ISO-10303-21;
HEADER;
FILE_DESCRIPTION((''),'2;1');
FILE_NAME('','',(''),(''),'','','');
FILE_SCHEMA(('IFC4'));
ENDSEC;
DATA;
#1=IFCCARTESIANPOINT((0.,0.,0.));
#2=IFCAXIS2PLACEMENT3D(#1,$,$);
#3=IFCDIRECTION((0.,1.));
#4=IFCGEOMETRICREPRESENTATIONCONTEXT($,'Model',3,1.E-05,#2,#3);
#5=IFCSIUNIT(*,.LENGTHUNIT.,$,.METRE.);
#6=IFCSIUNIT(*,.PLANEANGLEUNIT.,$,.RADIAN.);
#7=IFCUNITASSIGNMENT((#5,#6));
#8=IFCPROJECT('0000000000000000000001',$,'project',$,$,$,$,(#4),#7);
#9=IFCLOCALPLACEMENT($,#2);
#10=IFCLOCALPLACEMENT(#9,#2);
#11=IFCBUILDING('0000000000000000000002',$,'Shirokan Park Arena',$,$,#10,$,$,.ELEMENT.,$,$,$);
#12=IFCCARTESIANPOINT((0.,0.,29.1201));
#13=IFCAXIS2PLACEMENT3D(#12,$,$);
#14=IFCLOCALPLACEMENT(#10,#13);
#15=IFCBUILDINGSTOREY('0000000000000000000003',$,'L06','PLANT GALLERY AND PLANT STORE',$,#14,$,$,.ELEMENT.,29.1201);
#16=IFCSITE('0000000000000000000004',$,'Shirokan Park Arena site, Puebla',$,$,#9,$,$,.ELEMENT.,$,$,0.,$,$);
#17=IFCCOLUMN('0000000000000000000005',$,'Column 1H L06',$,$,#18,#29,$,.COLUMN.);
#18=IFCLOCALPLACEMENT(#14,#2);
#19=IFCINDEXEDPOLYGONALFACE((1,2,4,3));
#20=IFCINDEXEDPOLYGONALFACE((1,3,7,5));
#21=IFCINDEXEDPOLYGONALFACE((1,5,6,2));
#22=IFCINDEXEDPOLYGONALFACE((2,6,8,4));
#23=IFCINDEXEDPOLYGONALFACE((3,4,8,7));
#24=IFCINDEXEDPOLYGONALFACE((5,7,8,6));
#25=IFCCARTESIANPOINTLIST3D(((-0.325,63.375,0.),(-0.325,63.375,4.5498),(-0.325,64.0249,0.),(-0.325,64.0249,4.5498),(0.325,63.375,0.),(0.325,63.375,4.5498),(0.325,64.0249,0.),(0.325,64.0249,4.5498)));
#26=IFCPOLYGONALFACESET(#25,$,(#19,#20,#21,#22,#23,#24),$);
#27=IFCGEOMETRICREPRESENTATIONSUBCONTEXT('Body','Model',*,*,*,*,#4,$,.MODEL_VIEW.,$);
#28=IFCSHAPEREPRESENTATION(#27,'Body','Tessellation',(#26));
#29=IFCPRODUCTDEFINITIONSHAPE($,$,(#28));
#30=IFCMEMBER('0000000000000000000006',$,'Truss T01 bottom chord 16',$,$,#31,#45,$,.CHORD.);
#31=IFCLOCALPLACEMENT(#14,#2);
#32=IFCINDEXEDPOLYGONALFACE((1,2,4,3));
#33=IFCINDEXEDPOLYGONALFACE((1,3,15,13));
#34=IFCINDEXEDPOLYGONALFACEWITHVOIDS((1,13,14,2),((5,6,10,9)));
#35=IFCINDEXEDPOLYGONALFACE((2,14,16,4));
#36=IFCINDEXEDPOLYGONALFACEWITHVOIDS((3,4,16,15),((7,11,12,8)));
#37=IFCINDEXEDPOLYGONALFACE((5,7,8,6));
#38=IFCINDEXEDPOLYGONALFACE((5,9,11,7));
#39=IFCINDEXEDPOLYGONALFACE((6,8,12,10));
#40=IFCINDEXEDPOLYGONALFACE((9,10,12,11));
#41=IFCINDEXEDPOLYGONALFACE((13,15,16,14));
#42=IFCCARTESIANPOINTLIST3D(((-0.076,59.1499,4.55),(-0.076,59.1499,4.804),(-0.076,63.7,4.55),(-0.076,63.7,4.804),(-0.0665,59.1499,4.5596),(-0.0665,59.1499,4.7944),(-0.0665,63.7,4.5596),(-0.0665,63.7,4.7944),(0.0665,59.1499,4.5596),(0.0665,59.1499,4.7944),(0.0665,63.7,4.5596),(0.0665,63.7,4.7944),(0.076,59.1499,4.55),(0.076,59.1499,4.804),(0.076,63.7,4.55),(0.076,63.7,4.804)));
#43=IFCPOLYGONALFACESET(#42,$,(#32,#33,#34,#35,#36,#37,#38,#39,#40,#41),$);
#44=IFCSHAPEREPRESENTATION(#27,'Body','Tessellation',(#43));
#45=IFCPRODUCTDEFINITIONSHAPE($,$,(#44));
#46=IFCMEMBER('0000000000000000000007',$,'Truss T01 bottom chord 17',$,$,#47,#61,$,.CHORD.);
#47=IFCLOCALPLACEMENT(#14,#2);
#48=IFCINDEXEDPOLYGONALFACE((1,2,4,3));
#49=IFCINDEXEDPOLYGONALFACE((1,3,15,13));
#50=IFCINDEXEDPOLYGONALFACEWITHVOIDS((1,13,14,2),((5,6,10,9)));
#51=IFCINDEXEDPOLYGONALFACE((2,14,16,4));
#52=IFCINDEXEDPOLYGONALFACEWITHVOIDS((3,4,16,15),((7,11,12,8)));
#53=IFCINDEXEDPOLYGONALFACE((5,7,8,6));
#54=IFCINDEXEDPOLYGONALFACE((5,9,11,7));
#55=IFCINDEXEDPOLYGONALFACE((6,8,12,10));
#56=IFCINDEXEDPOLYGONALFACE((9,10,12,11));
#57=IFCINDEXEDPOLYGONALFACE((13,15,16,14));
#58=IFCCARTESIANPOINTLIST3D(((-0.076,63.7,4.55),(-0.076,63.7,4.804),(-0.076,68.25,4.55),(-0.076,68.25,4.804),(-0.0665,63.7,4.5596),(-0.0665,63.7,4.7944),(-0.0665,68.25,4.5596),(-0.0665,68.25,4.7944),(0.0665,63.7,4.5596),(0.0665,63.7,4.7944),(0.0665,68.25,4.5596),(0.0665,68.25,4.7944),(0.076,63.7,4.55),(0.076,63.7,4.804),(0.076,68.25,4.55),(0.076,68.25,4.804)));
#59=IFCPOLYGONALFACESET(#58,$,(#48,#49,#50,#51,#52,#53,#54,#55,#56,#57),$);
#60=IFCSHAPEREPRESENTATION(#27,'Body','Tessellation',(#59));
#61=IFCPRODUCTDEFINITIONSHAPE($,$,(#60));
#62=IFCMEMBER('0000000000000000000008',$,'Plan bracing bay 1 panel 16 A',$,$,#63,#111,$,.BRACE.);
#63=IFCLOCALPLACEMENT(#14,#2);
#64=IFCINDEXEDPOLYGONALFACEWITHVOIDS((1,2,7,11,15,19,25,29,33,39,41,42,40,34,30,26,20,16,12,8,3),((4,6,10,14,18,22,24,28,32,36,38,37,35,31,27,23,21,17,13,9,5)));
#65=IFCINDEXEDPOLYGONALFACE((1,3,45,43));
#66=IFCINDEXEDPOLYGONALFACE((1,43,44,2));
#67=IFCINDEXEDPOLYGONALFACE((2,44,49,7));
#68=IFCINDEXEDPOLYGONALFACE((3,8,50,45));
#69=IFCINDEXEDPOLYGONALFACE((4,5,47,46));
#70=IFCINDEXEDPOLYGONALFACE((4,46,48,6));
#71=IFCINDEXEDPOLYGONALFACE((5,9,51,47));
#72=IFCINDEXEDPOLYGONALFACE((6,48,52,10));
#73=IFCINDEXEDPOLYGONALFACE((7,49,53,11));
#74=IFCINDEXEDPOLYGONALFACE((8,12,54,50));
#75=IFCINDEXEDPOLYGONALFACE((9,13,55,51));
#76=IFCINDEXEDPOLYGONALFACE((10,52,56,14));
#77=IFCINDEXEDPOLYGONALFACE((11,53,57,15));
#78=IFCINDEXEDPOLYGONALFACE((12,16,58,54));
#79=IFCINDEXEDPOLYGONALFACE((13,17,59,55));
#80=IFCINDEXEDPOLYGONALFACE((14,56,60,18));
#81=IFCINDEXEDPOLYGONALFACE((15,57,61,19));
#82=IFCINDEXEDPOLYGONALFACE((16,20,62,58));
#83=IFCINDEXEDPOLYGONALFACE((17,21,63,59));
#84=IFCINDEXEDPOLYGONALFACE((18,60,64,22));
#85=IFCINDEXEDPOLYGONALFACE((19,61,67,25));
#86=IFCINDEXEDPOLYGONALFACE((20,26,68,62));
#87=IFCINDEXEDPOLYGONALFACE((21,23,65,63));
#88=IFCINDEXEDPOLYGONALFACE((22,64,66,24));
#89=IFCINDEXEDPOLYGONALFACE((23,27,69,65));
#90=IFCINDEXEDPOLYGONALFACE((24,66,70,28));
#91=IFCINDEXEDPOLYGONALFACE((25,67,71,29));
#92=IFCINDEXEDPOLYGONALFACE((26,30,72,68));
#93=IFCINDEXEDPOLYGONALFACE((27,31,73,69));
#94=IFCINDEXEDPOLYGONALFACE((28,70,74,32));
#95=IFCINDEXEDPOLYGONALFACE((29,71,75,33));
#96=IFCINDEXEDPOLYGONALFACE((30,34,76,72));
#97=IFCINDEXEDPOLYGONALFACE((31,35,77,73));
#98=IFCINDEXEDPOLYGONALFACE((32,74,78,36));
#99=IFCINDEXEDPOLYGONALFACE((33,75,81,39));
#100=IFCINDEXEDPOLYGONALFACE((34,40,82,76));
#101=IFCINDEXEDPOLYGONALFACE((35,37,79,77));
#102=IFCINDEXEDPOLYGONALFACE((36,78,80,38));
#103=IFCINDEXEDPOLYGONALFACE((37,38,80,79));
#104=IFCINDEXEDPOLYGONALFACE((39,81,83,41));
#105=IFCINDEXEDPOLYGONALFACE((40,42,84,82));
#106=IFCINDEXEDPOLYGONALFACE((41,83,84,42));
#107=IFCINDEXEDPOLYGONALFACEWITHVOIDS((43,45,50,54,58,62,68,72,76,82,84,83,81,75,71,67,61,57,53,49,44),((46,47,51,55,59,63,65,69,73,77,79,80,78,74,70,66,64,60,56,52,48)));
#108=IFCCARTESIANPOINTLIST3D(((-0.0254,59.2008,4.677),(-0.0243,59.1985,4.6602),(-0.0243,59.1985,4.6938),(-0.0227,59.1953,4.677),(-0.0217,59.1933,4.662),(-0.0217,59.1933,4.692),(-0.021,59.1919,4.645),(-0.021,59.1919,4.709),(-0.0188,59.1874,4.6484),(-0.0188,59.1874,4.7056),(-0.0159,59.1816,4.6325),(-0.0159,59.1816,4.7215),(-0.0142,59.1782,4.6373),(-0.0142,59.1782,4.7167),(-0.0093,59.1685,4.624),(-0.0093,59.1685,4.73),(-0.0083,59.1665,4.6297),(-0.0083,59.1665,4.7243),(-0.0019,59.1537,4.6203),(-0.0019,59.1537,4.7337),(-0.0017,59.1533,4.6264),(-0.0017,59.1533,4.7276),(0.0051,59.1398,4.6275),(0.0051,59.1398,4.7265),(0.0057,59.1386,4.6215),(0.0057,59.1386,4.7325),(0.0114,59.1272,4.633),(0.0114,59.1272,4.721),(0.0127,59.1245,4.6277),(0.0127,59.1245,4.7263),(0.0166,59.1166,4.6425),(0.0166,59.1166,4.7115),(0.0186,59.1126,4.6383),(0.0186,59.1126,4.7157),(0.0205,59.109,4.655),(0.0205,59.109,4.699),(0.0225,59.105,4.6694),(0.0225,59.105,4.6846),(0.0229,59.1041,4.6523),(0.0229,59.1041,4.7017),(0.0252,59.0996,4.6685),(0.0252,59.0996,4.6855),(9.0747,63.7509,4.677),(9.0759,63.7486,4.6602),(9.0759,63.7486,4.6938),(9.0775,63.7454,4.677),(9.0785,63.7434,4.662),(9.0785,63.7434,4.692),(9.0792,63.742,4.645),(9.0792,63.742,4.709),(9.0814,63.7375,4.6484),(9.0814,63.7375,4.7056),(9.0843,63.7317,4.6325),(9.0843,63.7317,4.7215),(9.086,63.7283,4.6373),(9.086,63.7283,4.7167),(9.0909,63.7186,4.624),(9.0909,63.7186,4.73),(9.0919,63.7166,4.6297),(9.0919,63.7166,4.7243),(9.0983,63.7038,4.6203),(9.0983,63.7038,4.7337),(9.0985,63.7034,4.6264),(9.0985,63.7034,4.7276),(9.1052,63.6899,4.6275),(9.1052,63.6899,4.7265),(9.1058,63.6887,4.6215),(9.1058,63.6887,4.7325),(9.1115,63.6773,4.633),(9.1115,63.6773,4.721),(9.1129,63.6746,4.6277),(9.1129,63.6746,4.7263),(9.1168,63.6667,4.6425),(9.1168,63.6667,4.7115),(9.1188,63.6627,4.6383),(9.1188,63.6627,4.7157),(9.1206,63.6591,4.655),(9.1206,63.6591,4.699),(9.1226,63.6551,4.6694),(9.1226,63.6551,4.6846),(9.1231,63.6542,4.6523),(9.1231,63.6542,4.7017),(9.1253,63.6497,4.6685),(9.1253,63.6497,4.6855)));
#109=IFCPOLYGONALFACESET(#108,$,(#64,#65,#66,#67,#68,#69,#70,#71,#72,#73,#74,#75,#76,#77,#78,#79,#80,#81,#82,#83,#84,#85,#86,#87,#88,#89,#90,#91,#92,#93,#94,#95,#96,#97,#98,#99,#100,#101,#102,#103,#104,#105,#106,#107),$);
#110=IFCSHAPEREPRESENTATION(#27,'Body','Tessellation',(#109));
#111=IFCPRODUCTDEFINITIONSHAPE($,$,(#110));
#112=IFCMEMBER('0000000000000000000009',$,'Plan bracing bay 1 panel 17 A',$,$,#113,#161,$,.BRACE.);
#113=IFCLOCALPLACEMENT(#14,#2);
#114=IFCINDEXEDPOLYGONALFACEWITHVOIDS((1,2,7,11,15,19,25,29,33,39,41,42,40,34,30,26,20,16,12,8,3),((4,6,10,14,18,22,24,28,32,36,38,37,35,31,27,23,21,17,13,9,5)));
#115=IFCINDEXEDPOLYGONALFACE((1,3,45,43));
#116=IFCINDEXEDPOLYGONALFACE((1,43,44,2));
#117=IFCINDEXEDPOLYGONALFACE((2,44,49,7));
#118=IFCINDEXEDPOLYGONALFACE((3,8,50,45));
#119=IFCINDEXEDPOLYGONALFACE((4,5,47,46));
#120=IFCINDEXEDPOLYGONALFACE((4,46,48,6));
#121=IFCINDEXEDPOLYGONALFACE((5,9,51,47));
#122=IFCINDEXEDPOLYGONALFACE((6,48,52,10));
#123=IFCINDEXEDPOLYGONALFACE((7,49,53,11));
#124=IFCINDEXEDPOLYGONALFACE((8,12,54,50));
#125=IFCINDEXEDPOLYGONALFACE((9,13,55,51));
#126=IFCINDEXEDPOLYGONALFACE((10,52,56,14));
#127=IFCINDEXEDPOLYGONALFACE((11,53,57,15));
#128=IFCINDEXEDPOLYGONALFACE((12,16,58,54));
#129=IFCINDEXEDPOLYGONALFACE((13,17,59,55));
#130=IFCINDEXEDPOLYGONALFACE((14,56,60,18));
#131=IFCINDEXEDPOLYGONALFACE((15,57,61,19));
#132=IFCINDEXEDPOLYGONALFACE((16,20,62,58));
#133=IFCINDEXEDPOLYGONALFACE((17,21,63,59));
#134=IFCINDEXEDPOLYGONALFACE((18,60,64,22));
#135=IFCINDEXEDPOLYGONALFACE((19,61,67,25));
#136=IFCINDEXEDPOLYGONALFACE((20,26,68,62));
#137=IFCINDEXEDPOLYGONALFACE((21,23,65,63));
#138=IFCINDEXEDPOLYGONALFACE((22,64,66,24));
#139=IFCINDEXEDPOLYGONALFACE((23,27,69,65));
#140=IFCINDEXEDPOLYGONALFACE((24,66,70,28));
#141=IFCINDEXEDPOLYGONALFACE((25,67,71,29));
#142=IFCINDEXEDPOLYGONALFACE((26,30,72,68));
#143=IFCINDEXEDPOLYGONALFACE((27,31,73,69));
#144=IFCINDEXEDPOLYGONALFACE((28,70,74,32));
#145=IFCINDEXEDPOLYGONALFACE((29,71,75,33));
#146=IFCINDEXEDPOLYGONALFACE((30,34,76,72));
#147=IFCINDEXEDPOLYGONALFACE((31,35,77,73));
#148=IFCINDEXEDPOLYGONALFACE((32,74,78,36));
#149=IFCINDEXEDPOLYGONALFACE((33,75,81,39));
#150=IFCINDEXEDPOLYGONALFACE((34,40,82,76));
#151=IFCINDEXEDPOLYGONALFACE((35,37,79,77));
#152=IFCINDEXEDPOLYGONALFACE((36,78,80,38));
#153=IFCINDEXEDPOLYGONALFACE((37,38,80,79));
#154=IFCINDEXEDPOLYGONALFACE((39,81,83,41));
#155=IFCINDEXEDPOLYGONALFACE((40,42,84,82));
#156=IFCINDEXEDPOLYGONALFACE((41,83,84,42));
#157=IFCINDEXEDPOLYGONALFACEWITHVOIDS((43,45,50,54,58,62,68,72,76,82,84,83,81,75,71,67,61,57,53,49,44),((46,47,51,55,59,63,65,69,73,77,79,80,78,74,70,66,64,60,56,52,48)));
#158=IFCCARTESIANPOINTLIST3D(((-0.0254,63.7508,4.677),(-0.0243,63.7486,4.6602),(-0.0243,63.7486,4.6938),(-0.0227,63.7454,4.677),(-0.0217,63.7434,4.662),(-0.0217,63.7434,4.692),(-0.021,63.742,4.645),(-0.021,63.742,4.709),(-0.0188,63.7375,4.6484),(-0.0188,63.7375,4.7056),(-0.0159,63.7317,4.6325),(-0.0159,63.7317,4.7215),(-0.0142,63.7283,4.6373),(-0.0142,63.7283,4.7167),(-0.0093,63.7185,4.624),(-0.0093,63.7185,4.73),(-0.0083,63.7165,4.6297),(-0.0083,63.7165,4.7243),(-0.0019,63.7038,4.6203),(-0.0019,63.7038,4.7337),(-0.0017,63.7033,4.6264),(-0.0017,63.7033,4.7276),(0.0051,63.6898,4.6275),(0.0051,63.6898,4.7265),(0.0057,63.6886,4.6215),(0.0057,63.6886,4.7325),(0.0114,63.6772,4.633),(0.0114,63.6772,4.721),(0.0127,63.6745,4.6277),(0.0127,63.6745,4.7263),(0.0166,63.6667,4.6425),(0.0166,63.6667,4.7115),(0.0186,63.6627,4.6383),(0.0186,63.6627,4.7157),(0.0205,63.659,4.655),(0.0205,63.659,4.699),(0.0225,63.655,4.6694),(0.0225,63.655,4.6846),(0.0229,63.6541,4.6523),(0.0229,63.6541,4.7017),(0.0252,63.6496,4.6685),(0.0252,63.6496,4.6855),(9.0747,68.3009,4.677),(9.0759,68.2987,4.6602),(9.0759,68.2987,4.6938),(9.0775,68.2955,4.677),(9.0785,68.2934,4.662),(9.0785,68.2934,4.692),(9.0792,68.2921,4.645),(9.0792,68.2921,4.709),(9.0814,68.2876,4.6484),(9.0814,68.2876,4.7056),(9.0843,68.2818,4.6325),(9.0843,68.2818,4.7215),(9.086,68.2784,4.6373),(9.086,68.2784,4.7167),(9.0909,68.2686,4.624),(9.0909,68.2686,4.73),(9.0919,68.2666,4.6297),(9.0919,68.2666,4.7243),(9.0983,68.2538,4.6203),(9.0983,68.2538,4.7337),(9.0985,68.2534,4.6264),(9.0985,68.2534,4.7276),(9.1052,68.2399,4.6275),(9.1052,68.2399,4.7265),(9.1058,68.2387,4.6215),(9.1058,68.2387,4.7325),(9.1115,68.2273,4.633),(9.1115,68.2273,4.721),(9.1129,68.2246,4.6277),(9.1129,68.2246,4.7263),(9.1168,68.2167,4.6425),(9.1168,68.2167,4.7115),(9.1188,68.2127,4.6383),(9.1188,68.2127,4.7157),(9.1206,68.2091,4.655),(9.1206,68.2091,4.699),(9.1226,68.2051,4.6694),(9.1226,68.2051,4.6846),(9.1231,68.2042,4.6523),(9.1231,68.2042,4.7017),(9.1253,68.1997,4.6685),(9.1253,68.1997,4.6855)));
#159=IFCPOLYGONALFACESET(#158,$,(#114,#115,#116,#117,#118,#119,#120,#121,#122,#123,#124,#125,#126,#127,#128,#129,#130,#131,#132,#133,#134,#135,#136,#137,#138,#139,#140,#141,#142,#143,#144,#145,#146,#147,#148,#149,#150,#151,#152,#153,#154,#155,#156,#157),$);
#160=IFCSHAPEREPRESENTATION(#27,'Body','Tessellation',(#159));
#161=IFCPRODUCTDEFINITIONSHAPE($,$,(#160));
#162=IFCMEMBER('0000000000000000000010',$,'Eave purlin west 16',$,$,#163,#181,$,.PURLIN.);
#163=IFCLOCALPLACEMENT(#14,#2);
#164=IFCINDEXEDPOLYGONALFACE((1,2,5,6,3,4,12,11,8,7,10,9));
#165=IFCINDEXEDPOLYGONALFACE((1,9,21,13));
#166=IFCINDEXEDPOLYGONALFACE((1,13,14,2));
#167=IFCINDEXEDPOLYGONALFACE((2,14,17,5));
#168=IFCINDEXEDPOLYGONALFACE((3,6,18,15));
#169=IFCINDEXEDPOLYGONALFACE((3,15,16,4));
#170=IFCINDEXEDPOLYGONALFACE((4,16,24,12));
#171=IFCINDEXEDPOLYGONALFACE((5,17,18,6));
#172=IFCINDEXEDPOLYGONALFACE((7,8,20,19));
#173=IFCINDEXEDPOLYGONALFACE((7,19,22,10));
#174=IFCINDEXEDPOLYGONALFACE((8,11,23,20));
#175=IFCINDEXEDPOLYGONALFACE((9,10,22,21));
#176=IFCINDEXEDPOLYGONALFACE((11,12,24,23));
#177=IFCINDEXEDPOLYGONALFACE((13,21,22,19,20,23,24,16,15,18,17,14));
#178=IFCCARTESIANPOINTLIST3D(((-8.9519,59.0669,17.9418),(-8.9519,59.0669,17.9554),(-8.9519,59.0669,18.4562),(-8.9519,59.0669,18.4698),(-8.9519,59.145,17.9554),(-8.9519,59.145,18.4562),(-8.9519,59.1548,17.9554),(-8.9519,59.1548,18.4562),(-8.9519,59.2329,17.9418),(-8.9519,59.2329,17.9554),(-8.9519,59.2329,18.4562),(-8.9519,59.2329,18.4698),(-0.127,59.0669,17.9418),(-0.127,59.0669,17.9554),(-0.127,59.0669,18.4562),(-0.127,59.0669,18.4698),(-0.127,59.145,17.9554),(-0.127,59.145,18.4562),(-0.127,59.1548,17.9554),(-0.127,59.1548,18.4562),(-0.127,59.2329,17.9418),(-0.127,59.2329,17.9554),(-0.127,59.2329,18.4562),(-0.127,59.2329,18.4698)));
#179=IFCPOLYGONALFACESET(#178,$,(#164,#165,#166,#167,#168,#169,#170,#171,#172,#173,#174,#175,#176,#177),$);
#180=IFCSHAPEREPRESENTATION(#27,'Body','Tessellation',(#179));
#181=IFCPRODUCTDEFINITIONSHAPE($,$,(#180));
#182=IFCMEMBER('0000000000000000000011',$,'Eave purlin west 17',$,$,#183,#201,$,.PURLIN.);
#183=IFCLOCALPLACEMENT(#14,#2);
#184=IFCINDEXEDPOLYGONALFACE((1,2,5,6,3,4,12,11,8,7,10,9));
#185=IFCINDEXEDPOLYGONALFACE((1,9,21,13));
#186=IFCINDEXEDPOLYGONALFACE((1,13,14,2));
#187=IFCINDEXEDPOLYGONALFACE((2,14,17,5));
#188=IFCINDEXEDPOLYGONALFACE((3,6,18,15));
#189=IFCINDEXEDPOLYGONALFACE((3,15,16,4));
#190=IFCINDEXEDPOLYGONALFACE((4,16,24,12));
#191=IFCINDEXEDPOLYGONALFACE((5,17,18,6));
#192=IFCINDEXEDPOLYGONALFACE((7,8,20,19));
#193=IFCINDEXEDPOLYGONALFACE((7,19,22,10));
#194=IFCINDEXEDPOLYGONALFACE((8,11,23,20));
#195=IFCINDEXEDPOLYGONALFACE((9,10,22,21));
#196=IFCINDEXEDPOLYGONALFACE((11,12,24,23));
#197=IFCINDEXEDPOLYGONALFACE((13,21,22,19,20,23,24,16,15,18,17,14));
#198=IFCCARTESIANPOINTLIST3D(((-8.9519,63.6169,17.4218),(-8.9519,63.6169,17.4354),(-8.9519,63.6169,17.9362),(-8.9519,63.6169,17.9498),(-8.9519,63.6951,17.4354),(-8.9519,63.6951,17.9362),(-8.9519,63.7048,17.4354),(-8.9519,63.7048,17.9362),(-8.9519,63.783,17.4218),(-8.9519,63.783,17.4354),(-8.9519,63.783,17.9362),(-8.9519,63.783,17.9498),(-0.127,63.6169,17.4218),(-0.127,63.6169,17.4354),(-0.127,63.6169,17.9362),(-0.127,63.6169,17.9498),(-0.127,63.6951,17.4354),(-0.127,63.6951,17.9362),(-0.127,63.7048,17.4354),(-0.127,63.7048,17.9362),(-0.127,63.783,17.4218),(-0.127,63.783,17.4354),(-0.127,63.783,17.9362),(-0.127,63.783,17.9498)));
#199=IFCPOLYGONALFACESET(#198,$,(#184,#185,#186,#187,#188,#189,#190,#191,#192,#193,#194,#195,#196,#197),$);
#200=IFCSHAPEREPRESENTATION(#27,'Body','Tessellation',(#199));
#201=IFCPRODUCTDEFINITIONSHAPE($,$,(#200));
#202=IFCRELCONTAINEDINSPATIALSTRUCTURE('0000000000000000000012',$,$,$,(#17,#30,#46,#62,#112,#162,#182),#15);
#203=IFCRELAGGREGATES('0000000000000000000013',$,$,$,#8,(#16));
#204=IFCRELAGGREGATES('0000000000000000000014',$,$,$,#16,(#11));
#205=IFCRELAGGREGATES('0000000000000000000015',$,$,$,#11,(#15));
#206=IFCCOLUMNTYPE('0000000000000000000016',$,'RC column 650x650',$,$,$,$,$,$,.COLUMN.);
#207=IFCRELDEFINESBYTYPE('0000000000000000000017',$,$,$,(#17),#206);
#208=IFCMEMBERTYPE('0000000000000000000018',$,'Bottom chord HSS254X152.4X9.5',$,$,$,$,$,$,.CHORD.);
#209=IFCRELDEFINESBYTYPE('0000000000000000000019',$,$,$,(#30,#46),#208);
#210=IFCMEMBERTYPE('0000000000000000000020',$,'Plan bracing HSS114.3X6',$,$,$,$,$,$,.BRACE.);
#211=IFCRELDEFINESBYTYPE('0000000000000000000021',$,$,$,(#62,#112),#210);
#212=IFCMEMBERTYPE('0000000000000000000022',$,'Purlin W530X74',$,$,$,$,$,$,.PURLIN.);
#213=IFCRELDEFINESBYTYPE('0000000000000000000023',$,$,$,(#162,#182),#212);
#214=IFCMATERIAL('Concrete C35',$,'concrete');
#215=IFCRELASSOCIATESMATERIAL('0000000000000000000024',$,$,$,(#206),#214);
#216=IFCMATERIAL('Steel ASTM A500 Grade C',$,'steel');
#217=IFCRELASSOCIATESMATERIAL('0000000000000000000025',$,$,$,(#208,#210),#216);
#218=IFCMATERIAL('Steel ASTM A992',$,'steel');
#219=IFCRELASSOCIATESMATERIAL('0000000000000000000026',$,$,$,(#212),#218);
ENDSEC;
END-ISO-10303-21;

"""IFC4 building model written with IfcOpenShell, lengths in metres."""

from ifc_helpers import new_model, si_unit, direction, frame, origin, origin_2d, place, context, subcontext, project, spatial, rectangle, hollow_rectangle, hollow_circle, i_section, extrude, material, material_profile, profile_set, type_object, element, save


model = new_model("IFC4")

# Units and contexts
model_context = context("Model", 3, precision=1e-05, world=origin(), true_north=direction((0.0, 1.0)))
body_context = subcontext(model_context, "Body", "Model", "MODEL_VIEW")
ifc_project = project(units=[si_unit("LENGTHUNIT", "METRE"), si_unit("PLANEANGLEUNIT", "RADIAN")], contexts=[model_context])

# Site, building, storey
site_placement = place(None, origin())
site = spatial("IfcSite", under=ifc_project, at=site_placement, Name="Shirokan Park Arena site, Puebla", CompositionType="ELEMENT", RefElevation=0.0)
building_placement = place(site_placement, origin())
building = spatial("IfcBuilding", under=site, at=building_placement, Name="Shirokan Park Arena", CompositionType="ELEMENT")
storey_placement = place(building_placement, frame((0.0, 0.0, 29.1201)))
storey = spatial("IfcBuildingStorey", under=building, at=storey_placement, Name="L06", Description="PLANT GALLERY AND PLANT STORE", CompositionType="ELEMENT", Elevation=29.1201)

# Column
ifc_material_1 = material(Name="Concrete C35", Category="concrete")
ifc_material_profile_1 = material_profile(ifc_material_1, rectangle(XDim=0.6499, YDim=0.6499, at=origin_2d()), Name="650x650")
ifc_profile_set_1 = profile_set([ifc_material_profile_1], Name="Concrete C35")
column_type = type_object("IfcColumnType", Name="RC column 650x650", PredefinedType="COLUMN", material=ifc_profile_set_1)
column_placement = place(storey_placement, frame((0.0, 63.7, 0.0), z_axis=(0.0, 0.0, 1.0), x_axis=(1.0, 0.0, 0.0)))
element("IfcColumn", 1, at=column_placement, inside=storey, type_object=column_type, Name="Column 1H L06", PredefinedType="COLUMN", context=body_context, shape_type="SweptSolid", body=[
    extrude(rectangle(XDim=0.6499, YDim=0.6499, at=origin_2d()), origin(), (0.0, 0.0, 1.0), 4.5498),
])

# Members
ifc_material_2 = material(Name="Steel ASTM A500 Grade C", Category="steel")
ifc_material_profile_2 = material_profile(ifc_material_2, hollow_rectangle(XDim=0.1521, YDim=0.2539, WallThickness=0.0095, at=origin_2d()), Name="HSS254X152.4X9.5")
ifc_profile_set_2 = profile_set([ifc_material_profile_2], Name="Steel ASTM A500 Grade C")
member_type_1 = type_object("IfcMemberType", Name="Bottom chord HSS254X152.4X9.5", PredefinedType="CHORD", material=ifc_profile_set_2)
for number, where, z_axis, x_axis, name in (
    (2, (0.0, 59.1499, 4.677), (0.0, 1.0, 0.0), (-1.0, 0.0, 0.0), "Truss T01 bottom chord 16"),
    (3, (0.0, 63.7, 4.677), (0.0, 1.0, 0.0), (-1.0, 0.0, 0.0), "Truss T01 bottom chord 17"),
):
    element("IfcMember", number, at=place(storey_placement, frame(where, z_axis=z_axis, x_axis=x_axis)), inside=storey, type_object=member_type_1, Name=name, PredefinedType="CHORD", context=body_context, shape_type="SweptSolid", body=[
        extrude(hollow_rectangle(XDim=0.1521, YDim=0.2539, WallThickness=0.0095, at=origin_2d()), origin(), (0.0, 0.0, 1.0), 4.55),
    ])
ifc_material_profile_3 = material_profile(ifc_material_2, hollow_circle(Radius=0.0569, WallThickness=0.0061, at=origin_2d()), Name="HSS114.3X6")
ifc_profile_set_3 = profile_set([ifc_material_profile_3], Name="Steel ASTM A500 Grade C")
member_type_2 = type_object("IfcMemberType", Name="Plan bracing HSS114.3X6", PredefinedType="BRACE", material=ifc_profile_set_3)
for number, where, z_axis, x_axis, name in (
    (4, (0.0, 59.1499, 4.677), (0.894427, 0.447214, 0.0), (-0.447214, 0.894427, 0.0), "Plan bracing bay 1 panel 16 A"),
    (5, (0.0, 63.7, 4.677), (0.894427, 0.447214, 0.0), (-0.447214, 0.894427, 0.0), "Plan bracing bay 1 panel 17 A"),
):
    element("IfcMember", number, at=place(storey_placement, frame(where, z_axis=z_axis, x_axis=x_axis)), inside=storey, type_object=member_type_2, Name=name, PredefinedType="BRACE", context=body_context, shape_type="SweptSolid", body=[
        extrude(hollow_circle(Radius=0.0569, WallThickness=0.0061, at=origin_2d()), origin(), (0.0, 0.0, 1.0), 10.1743),
    ])
ifc_material_3 = material(Name="Steel ASTM A992", Category="steel")
ifc_material_profile_4 = material_profile(ifc_material_3, i_section(OverallWidth=0.166, OverallDepth=0.5281, WebThickness=0.0098, FlangeThickness=0.0137, at=origin_2d()), Name="W530X74")
ifc_profile_set_4 = profile_set([ifc_material_profile_4], Name="Steel ASTM A992")
member_type_3 = type_object("IfcMemberType", Name="Purlin W530X74", PredefinedType="PURLIN", material=ifc_profile_set_4)
for number, where, z_axis, x_axis, name in (
    (6, (-8.9519, 59.1499, 18.2058), (1.0, 0.0, 0.0), (0.0, 1.0, 0.0), "Eave purlin west 16"),
    (7, (-8.9519, 63.7, 17.6858), (1.0, 0.0, 0.0), (0.0, 1.0, 0.0), "Eave purlin west 17"),
):
    element("IfcMember", number, at=place(storey_placement, frame(where, z_axis=z_axis, x_axis=x_axis)), inside=storey, type_object=member_type_3, Name=name, PredefinedType="PURLIN", context=body_context, shape_type="SweptSolid", body=[
        extrude(i_section(OverallWidth=0.166, OverallDepth=0.5281, WebThickness=0.0098, FlangeThickness=0.0137, at=origin_2d()), origin(), (0.0, 0.0, 1.0), 8.825),
    ])

save(model, "model.ifc")
